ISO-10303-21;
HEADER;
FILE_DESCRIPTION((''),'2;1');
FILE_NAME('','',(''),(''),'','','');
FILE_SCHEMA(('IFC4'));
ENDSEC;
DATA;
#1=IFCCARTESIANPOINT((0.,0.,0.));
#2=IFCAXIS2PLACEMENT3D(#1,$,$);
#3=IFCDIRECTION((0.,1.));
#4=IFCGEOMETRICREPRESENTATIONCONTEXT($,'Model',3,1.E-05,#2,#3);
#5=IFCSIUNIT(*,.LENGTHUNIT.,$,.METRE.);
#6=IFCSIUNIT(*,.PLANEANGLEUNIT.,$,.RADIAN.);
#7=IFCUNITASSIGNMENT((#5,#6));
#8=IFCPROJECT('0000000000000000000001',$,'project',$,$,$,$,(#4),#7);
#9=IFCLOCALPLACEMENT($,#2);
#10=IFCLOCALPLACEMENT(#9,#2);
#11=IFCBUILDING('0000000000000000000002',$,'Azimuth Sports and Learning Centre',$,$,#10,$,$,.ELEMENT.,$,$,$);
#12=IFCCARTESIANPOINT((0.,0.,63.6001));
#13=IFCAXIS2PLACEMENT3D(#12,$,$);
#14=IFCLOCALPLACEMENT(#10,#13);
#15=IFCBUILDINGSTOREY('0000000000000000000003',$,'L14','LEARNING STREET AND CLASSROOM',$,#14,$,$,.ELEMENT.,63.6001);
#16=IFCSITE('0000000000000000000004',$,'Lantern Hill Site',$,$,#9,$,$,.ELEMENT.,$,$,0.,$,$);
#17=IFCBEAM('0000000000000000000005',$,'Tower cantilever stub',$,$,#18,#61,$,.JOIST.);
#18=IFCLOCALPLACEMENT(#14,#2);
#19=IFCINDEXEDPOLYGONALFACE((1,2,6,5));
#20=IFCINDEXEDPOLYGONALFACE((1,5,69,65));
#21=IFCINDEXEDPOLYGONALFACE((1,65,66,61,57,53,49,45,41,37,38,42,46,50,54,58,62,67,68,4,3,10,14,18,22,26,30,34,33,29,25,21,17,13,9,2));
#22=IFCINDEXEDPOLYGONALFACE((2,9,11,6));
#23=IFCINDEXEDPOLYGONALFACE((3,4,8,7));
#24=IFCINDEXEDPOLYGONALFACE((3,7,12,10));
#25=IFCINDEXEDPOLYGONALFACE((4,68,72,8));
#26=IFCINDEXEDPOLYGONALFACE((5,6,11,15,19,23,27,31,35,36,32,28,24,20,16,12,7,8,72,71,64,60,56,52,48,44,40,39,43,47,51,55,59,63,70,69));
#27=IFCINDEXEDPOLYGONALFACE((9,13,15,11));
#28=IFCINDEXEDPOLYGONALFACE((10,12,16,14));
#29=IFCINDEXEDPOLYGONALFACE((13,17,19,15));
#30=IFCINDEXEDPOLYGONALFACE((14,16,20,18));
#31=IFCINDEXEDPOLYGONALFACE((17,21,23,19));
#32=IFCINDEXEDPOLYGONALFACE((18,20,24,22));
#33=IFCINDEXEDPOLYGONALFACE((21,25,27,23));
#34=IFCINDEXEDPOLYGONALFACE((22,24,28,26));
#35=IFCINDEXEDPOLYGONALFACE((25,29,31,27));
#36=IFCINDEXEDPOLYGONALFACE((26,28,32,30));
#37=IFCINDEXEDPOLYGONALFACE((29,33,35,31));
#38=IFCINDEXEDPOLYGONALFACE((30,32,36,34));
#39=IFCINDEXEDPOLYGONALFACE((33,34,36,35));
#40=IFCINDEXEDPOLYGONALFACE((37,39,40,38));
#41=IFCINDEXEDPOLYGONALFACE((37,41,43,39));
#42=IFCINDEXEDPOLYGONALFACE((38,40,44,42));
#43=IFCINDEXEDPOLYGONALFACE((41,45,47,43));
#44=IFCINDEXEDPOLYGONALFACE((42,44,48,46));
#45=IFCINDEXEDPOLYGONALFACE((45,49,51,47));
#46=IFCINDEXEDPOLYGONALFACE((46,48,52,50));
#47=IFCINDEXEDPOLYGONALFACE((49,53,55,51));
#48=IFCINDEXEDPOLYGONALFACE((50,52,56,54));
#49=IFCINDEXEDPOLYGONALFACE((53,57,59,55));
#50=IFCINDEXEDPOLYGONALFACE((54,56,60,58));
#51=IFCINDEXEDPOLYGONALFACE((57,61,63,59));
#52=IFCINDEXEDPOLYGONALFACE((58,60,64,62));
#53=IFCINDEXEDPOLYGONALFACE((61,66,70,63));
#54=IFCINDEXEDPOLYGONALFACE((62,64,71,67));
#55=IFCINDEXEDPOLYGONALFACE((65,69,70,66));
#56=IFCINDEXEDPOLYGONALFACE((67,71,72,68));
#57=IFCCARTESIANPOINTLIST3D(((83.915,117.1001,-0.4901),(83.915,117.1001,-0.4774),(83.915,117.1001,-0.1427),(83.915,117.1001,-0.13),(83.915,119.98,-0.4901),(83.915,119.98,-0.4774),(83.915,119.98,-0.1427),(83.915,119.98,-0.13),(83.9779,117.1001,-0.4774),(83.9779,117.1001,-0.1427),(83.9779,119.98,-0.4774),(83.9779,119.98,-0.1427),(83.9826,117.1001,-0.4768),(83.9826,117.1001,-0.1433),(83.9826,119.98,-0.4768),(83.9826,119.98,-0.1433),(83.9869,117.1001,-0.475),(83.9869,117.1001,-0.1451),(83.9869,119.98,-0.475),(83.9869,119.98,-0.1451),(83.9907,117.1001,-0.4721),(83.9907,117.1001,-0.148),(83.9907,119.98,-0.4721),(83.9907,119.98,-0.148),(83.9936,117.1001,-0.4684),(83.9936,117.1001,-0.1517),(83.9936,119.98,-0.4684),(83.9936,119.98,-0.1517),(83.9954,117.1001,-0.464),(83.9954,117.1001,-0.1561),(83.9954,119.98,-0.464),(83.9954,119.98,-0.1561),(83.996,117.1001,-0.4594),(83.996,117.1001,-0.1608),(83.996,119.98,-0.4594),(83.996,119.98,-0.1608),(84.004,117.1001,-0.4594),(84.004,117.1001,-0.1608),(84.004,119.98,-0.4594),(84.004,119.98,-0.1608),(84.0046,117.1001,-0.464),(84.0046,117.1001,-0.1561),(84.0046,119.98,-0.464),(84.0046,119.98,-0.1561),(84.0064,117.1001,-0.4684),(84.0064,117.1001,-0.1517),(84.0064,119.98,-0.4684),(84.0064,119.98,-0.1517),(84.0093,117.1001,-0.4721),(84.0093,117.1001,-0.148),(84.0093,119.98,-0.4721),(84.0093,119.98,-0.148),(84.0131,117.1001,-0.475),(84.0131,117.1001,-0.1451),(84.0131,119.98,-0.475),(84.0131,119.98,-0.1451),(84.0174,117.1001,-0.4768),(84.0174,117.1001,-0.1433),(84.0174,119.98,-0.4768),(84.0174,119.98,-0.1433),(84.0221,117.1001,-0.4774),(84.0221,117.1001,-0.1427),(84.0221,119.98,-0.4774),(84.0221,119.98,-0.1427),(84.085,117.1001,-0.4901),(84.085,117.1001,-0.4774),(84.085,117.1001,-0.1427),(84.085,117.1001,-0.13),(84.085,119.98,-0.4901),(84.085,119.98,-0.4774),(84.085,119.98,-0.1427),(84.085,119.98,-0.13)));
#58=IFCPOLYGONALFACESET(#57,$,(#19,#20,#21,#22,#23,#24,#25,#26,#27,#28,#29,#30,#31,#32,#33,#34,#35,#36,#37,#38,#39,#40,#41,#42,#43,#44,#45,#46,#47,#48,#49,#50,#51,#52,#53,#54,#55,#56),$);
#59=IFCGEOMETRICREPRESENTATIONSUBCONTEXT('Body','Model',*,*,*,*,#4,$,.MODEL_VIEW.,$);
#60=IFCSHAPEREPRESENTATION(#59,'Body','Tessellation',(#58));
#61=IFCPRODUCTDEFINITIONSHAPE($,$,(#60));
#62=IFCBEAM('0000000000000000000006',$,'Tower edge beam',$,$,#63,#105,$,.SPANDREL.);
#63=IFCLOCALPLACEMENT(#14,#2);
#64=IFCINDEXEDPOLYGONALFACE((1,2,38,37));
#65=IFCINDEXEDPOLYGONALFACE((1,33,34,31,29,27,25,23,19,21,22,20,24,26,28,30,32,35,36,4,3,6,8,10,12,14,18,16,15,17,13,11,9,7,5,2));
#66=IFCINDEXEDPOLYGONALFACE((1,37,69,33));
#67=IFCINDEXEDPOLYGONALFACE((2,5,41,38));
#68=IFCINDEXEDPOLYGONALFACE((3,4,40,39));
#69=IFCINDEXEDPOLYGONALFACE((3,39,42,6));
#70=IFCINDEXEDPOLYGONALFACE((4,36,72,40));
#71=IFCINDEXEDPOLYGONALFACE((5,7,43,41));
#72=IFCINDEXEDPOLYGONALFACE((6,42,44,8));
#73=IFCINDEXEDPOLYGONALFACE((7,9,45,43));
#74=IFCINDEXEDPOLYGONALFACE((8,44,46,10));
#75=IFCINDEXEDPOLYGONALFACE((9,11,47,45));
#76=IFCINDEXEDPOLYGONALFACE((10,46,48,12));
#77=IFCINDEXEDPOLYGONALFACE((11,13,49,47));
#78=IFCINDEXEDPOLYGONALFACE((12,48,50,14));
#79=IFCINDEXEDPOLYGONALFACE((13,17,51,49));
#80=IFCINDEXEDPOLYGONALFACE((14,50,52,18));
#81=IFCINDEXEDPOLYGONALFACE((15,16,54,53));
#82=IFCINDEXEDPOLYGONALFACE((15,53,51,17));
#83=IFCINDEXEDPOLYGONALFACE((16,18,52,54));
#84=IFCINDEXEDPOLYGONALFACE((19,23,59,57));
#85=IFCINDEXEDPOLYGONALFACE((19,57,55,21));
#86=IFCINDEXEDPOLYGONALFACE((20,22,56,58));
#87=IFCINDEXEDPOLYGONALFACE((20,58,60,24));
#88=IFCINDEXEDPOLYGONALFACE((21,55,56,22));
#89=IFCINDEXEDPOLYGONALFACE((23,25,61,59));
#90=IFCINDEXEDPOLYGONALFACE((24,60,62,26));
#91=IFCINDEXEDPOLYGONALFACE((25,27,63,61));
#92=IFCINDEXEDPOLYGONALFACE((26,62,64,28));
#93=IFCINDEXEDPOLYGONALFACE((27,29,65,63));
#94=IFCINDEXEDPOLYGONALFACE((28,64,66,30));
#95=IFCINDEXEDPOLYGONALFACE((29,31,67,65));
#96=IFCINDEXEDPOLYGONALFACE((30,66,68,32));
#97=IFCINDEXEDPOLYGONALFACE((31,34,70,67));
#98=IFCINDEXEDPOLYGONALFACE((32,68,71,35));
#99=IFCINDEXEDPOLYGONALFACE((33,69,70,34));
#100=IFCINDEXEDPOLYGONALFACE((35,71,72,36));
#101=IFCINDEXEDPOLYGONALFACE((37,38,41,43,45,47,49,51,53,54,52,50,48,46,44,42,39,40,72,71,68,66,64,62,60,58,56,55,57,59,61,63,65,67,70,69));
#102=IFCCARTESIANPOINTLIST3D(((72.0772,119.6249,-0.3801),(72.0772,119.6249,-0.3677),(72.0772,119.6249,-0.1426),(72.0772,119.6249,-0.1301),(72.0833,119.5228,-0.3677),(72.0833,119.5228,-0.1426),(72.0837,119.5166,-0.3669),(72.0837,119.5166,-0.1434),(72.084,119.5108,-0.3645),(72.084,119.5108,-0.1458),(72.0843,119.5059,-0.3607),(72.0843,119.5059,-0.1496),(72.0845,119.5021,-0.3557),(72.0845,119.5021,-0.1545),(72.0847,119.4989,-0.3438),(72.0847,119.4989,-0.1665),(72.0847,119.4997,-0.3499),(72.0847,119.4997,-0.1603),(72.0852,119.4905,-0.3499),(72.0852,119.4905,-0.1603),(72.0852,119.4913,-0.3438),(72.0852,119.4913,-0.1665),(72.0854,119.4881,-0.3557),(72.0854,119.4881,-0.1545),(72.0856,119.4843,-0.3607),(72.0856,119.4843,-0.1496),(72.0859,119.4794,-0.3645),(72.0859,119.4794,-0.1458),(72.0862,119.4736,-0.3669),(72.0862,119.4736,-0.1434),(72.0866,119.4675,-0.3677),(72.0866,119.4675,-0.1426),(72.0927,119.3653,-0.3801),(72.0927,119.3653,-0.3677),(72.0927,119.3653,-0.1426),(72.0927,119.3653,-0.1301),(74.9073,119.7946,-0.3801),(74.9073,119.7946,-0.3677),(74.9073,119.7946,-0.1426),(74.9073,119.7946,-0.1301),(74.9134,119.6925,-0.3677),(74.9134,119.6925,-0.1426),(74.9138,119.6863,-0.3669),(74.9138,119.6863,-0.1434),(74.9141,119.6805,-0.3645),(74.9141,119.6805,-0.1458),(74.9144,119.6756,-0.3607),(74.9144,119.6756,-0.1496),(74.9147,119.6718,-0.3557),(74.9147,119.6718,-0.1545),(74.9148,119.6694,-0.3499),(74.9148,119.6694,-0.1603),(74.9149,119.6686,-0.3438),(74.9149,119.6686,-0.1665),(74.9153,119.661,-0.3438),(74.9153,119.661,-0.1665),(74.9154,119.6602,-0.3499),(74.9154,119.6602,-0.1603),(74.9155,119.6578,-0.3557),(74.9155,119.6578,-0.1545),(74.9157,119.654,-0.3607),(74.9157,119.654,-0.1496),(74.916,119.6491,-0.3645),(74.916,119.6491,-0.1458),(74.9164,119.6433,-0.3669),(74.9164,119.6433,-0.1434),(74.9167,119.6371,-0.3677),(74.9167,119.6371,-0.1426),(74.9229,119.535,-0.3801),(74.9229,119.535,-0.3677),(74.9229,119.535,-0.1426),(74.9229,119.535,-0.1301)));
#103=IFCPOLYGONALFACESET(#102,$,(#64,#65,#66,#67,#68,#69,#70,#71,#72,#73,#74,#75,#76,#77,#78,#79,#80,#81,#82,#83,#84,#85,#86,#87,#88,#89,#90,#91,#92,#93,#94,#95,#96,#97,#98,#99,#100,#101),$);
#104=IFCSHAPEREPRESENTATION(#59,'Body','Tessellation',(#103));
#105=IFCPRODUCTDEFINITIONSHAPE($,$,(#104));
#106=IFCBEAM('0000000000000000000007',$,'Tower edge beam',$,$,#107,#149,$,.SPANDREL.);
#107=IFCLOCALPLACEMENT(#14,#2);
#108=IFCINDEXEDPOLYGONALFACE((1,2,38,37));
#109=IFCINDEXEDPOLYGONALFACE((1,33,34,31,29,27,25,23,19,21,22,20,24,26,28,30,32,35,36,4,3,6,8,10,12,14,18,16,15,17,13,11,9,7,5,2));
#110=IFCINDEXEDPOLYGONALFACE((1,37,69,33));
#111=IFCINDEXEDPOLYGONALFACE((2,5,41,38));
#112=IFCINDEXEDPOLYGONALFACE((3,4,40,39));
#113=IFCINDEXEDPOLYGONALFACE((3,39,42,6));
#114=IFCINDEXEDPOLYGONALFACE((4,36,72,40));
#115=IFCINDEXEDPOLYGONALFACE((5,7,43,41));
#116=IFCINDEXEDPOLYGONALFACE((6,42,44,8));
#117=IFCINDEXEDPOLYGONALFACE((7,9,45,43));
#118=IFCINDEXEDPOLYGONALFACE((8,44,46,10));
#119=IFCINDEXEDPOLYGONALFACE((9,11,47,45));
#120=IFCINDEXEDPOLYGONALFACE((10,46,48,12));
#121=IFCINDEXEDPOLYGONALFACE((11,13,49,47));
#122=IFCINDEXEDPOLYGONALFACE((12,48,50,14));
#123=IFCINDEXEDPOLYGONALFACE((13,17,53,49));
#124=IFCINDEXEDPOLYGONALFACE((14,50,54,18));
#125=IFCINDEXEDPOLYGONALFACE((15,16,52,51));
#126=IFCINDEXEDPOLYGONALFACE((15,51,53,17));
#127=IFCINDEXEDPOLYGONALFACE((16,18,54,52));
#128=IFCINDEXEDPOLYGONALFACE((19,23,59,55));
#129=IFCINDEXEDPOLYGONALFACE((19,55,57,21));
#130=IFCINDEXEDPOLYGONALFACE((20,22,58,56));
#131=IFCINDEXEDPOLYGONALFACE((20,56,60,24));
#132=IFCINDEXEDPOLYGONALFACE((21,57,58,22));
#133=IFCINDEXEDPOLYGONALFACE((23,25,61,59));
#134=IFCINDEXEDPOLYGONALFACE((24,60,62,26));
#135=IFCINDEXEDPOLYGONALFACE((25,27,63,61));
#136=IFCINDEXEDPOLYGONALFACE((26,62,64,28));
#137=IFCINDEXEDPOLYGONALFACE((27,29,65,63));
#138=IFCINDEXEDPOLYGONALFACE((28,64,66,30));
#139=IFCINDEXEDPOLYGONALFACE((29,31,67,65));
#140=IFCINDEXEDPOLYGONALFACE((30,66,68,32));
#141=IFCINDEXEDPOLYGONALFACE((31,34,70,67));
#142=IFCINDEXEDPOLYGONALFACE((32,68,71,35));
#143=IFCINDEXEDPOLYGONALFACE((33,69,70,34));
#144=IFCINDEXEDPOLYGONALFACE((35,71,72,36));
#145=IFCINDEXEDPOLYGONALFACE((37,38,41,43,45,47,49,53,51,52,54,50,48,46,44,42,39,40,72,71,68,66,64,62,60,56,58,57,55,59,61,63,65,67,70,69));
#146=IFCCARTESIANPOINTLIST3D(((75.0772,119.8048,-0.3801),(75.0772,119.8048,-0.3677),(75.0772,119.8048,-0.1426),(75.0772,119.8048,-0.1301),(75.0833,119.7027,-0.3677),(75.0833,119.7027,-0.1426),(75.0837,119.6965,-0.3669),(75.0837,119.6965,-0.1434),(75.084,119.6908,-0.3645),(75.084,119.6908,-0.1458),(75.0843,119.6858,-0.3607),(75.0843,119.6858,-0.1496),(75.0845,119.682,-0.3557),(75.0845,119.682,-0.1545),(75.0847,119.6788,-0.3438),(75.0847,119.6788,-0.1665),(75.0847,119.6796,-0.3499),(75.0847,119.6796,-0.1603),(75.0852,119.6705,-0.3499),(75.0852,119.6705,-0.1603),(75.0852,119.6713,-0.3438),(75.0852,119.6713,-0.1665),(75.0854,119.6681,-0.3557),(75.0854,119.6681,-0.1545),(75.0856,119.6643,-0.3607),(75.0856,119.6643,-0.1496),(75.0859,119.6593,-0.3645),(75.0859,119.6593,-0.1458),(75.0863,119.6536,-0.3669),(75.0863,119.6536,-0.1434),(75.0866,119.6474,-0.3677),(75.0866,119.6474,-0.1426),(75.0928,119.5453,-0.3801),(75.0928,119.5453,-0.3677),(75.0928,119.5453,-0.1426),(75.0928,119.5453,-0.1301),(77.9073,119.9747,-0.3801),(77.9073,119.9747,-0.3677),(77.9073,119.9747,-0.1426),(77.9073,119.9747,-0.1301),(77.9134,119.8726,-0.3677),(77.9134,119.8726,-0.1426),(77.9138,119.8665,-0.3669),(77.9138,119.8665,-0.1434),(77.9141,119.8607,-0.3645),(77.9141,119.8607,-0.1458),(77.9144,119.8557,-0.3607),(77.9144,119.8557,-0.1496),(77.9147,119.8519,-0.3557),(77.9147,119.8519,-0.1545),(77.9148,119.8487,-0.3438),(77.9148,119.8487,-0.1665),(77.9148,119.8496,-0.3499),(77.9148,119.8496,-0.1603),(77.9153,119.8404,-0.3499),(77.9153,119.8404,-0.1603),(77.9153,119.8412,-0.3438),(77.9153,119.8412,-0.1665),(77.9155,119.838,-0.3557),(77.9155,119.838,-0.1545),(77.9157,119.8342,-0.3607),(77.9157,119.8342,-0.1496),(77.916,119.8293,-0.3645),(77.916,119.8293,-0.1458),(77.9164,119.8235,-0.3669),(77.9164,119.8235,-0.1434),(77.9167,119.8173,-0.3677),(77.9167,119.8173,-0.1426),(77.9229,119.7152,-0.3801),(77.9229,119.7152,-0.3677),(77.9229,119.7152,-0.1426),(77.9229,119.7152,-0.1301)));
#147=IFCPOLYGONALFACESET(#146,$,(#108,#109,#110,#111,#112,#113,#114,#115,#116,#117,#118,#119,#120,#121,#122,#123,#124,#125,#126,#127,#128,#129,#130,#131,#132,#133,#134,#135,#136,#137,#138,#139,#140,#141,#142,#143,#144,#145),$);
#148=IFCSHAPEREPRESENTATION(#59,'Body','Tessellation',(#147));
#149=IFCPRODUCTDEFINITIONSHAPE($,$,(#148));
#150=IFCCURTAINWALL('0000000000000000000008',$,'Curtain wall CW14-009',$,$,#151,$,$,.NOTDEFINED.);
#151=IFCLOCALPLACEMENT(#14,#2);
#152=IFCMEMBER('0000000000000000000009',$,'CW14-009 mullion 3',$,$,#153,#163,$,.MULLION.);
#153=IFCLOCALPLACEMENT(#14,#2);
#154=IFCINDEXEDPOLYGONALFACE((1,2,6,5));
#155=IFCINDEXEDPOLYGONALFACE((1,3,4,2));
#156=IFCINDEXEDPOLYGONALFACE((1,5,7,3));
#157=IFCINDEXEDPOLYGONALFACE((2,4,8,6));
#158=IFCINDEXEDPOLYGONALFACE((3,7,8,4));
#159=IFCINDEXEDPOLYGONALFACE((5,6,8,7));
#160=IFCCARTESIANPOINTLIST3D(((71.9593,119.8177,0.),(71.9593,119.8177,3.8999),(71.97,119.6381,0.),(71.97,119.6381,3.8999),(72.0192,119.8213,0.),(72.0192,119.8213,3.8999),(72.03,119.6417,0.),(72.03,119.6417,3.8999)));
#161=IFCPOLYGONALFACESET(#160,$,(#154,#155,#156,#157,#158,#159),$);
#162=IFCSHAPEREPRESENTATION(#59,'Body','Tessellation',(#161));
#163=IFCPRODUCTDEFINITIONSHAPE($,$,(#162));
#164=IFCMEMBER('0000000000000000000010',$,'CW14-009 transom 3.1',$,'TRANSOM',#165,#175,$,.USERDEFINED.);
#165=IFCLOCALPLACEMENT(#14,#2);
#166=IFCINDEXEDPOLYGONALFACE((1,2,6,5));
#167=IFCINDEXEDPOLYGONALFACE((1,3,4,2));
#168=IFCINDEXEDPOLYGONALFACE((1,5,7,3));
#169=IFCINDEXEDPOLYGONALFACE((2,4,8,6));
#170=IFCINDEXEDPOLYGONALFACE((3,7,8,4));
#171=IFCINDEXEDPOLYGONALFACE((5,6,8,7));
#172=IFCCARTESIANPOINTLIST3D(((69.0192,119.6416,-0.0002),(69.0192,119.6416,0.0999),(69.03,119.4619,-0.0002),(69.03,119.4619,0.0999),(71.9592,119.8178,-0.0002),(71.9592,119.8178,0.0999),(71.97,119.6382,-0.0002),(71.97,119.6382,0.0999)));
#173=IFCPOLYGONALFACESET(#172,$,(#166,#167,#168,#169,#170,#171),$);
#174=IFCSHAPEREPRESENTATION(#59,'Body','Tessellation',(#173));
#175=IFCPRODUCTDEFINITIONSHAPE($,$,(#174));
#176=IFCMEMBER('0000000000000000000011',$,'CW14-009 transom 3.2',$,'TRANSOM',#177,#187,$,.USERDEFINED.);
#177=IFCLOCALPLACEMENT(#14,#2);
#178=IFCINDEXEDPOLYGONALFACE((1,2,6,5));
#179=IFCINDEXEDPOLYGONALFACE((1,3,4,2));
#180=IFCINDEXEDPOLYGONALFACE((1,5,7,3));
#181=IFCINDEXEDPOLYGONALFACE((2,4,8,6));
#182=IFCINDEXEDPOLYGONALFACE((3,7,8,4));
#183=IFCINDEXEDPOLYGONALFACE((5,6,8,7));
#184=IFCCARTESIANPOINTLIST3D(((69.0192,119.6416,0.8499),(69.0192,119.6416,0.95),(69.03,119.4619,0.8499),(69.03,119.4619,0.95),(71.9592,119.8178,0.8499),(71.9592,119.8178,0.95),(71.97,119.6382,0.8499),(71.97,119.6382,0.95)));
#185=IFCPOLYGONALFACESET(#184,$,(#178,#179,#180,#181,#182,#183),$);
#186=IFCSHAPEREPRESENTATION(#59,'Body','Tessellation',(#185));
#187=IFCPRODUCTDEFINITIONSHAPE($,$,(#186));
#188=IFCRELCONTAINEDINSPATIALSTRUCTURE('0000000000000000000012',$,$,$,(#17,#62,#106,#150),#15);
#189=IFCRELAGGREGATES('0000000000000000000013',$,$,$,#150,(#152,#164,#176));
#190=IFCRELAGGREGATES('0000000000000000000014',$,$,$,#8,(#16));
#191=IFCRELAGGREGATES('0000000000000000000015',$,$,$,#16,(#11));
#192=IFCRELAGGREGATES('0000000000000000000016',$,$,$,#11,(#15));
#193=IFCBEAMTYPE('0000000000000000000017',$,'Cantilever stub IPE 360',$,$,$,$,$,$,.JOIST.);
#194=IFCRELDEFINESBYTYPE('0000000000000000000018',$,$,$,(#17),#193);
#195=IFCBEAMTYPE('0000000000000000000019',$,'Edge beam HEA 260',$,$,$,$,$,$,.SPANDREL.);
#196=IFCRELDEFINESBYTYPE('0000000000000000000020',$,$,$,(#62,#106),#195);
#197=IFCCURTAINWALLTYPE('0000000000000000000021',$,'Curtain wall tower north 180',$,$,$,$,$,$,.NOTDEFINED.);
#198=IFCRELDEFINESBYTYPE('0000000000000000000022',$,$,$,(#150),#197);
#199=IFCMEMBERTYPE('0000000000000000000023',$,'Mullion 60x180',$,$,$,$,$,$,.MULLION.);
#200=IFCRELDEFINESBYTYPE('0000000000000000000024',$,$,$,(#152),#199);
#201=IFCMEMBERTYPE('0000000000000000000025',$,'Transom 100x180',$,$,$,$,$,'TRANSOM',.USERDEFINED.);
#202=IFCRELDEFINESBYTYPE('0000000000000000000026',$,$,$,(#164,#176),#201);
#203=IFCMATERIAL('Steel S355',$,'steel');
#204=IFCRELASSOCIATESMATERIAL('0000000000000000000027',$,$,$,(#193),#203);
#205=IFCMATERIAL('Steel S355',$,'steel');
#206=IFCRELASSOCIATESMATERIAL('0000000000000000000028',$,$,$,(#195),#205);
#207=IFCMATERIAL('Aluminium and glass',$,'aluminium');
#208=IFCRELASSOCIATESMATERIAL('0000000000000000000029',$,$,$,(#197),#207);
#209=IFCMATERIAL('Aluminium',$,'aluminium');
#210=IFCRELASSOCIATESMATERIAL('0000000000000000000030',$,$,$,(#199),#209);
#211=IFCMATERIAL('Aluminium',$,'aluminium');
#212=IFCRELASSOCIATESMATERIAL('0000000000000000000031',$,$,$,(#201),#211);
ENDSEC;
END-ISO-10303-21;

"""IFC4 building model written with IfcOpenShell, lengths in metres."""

from ifc_helpers import new_model, si_unit, direction, frame, origin, origin_2d, place, context, subcontext, project, spatial, rectangle, i_section, extrude, material, material_profile, profile_set, type_object, element, aggregate, save


model = new_model("IFC4")

# Units and contexts
model_context = context("Model", 3, precision=1e-05, world=origin(), true_north=direction((0.0, 1.0)))
body_context = subcontext(model_context, "Body", "Model", "MODEL_VIEW")
ifc_project = project(units=[si_unit("LENGTHUNIT", "METRE"), si_unit("PLANEANGLEUNIT", "RADIAN")], contexts=[model_context])

# Site, building, storey
site_placement = place(None, origin())
site = spatial("IfcSite", under=ifc_project, at=site_placement, Name="Lantern Hill Site", CompositionType="ELEMENT", RefElevation=0.0)
building_placement = place(site_placement, origin())
building = spatial("IfcBuilding", under=site, at=building_placement, Name="Azimuth Sports and Learning Centre", CompositionType="ELEMENT")
storey_placement = place(building_placement, frame((0.0, 0.0, 63.6001)))
storey = spatial("IfcBuildingStorey", under=building, at=storey_placement, Name="L14", Description="LEARNING STREET AND CLASSROOM", CompositionType="ELEMENT", Elevation=63.6001)

# Beams
ifc_material_1 = material(Name="Steel S355", Category="steel")
ifc_material_profile_1 = material_profile(ifc_material_1, i_section(OverallWidth=0.1699, OverallDepth=0.3601, WebThickness=0.0081, FlangeThickness=0.0127, FilletRadius=0.0181, at=origin_2d()), Name="IPE 360")
ifc_profile_set_1 = profile_set([ifc_material_profile_1], Name="Steel S355")
beam_type_1 = type_object("IfcBeamType", Name="Cantilever stub IPE 360", PredefinedType="JOIST", material=ifc_profile_set_1)
beam_1_placement = place(storey_placement, frame((84.0, 117.1001, -0.3101), z_axis=(0.0, 1.0, 0.0), x_axis=(-1.0, 0.0, 0.0)))
element("IfcBeam", 1, at=beam_1_placement, inside=storey, type_object=beam_type_1, Name="Tower cantilever stub", PredefinedType="JOIST", context=body_context, shape_type="SweptSolid", body=[
    extrude(i_section(OverallWidth=0.1699, OverallDepth=0.3601, WebThickness=0.0081, FlangeThickness=0.0127, FilletRadius=0.0181, at=origin_2d()), origin(), (0.0, 0.0, 1.0), 2.8799),
])
ifc_material_2 = material(Name="Steel S355", Category="steel")
ifc_material_profile_2 = material_profile(ifc_material_2, i_section(OverallWidth=0.26, OverallDepth=0.25, WebThickness=0.0076, FlangeThickness=0.0125, FilletRadius=0.0239, at=origin_2d()), Name="HEA 260")
ifc_profile_set_2 = profile_set([ifc_material_profile_2], Name="Steel S355")
beam_type_2 = type_object("IfcBeamType", Name="Edge beam HEA 260", PredefinedType="SPANDREL", material=ifc_profile_set_2)
for number, where, z_axis, x_axis, name in (
    (2, (72.085, 119.4951, -0.2551), (0.998208, 0.059848, 0.0), (-0.059848, 0.998208, 0.0), "Tower edge beam"),
    (3, (75.085, 119.675, -0.2551), (0.998202, 0.059933, 0.0), (-0.059933, 0.998202, 0.0), "Tower edge beam"),
):
    element("IfcBeam", number, at=place(storey_placement, frame(where, z_axis=z_axis, x_axis=x_axis)), inside=storey, type_object=beam_type_2, Name=name, PredefinedType="SPANDREL", context=body_context, shape_type="SweptSolid", body=[
        extrude(i_section(OverallWidth=0.26, OverallDepth=0.25, WebThickness=0.0076, FlangeThickness=0.0125, FilletRadius=0.0239, at=origin_2d()), origin(), (0.0, 0.0, 1.0), 2.8352),
    ])

# Curtain wall, members
ifc_material_3 = material(Name="Aluminium and glass", Category="aluminium")
curtain_wall_type = type_object("IfcCurtainWallType", Name="Curtain wall tower north 180", PredefinedType="NOTDEFINED", material=ifc_material_3)
curtain_wall_placement = place(storey_placement, origin())
curtain_wall = element("IfcCurtainWall", 4, at=curtain_wall_placement, inside=storey, type_object=curtain_wall_type, Name="Curtain wall CW14-009", PredefinedType="NOTDEFINED")
ifc_material_4 = material(Name="Aluminium", Category="aluminium")
ifc_material_profile_3 = material_profile(ifc_material_4, rectangle(XDim=0.1799, YDim=0.0601, at=origin_2d()), Name="Mullion 60x180")
ifc_profile_set_3 = profile_set([ifc_material_profile_3], Name="Aluminium")
member_type_1 = type_object("IfcMemberType", Name="Mullion 60x180", PredefinedType="MULLION", material=ifc_profile_set_3)
member_1_placement = place(storey_placement, frame((71.9946, 119.7297, 0.0), z_axis=(0.0, 0.0, 1.0), x_axis=(0.059892, -0.998205, 0.0)))
member_1 = element("IfcMember", 5, at=member_1_placement, type_object=member_type_1, Name="CW14-009 mullion 3", PredefinedType="MULLION", context=body_context, shape_type="SweptSolid", body=[
    extrude(rectangle(XDim=0.1799, YDim=0.0601, at=origin_2d()), origin(), (0.0, 0.0, 1.0), 3.8999),
])
ifc_material_5 = material(Name="Aluminium", Category="aluminium")
ifc_material_profile_4 = material_profile(ifc_material_5, rectangle(XDim=0.1799, YDim=0.1001, at=origin_2d()), Name="Transom 100x180")
ifc_profile_set_4 = profile_set([ifc_material_profile_4], Name="Aluminium")
member_type_2 = type_object("IfcMemberType", Name="Transom 100x180", ElementType="TRANSOM", PredefinedType="USERDEFINED", material=ifc_profile_set_4)
member_2_placement = place(storey_placement, frame((71.9646, 119.728, 0.0498), z_axis=(-0.998207, -0.059849, 0.0), x_axis=(0.059849, -0.998207, 0.0)))
member_2 = element("IfcMember", 6, at=member_2_placement, type_object=member_type_2, Name="CW14-009 transom 3.1", ObjectType="TRANSOM", PredefinedType="USERDEFINED", context=body_context, shape_type="SweptSolid", body=[
    extrude(rectangle(XDim=0.1799, YDim=0.1001, at=origin_2d()), origin(), (0.0, 0.0, 1.0), 2.9453),
])
member_3_placement = place(storey_placement, frame((71.9646, 119.728, 0.8999), z_axis=(-0.998207, -0.059849, 0.0), x_axis=(0.059849, -0.998207, 0.0)))
member_3 = element("IfcMember", 7, at=member_3_placement, type_object=member_type_2, Name="CW14-009 transom 3.2", ObjectType="TRANSOM", PredefinedType="USERDEFINED", context=body_context, shape_type="SweptSolid", body=[
    extrude(rectangle(XDim=0.1799, YDim=0.1001, at=origin_2d()), origin(), (0.0, 0.0, 1.0), 2.9453),
])
aggregate(curtain_wall, [member_1, member_2, member_3])

save(model, "model.ifc")
